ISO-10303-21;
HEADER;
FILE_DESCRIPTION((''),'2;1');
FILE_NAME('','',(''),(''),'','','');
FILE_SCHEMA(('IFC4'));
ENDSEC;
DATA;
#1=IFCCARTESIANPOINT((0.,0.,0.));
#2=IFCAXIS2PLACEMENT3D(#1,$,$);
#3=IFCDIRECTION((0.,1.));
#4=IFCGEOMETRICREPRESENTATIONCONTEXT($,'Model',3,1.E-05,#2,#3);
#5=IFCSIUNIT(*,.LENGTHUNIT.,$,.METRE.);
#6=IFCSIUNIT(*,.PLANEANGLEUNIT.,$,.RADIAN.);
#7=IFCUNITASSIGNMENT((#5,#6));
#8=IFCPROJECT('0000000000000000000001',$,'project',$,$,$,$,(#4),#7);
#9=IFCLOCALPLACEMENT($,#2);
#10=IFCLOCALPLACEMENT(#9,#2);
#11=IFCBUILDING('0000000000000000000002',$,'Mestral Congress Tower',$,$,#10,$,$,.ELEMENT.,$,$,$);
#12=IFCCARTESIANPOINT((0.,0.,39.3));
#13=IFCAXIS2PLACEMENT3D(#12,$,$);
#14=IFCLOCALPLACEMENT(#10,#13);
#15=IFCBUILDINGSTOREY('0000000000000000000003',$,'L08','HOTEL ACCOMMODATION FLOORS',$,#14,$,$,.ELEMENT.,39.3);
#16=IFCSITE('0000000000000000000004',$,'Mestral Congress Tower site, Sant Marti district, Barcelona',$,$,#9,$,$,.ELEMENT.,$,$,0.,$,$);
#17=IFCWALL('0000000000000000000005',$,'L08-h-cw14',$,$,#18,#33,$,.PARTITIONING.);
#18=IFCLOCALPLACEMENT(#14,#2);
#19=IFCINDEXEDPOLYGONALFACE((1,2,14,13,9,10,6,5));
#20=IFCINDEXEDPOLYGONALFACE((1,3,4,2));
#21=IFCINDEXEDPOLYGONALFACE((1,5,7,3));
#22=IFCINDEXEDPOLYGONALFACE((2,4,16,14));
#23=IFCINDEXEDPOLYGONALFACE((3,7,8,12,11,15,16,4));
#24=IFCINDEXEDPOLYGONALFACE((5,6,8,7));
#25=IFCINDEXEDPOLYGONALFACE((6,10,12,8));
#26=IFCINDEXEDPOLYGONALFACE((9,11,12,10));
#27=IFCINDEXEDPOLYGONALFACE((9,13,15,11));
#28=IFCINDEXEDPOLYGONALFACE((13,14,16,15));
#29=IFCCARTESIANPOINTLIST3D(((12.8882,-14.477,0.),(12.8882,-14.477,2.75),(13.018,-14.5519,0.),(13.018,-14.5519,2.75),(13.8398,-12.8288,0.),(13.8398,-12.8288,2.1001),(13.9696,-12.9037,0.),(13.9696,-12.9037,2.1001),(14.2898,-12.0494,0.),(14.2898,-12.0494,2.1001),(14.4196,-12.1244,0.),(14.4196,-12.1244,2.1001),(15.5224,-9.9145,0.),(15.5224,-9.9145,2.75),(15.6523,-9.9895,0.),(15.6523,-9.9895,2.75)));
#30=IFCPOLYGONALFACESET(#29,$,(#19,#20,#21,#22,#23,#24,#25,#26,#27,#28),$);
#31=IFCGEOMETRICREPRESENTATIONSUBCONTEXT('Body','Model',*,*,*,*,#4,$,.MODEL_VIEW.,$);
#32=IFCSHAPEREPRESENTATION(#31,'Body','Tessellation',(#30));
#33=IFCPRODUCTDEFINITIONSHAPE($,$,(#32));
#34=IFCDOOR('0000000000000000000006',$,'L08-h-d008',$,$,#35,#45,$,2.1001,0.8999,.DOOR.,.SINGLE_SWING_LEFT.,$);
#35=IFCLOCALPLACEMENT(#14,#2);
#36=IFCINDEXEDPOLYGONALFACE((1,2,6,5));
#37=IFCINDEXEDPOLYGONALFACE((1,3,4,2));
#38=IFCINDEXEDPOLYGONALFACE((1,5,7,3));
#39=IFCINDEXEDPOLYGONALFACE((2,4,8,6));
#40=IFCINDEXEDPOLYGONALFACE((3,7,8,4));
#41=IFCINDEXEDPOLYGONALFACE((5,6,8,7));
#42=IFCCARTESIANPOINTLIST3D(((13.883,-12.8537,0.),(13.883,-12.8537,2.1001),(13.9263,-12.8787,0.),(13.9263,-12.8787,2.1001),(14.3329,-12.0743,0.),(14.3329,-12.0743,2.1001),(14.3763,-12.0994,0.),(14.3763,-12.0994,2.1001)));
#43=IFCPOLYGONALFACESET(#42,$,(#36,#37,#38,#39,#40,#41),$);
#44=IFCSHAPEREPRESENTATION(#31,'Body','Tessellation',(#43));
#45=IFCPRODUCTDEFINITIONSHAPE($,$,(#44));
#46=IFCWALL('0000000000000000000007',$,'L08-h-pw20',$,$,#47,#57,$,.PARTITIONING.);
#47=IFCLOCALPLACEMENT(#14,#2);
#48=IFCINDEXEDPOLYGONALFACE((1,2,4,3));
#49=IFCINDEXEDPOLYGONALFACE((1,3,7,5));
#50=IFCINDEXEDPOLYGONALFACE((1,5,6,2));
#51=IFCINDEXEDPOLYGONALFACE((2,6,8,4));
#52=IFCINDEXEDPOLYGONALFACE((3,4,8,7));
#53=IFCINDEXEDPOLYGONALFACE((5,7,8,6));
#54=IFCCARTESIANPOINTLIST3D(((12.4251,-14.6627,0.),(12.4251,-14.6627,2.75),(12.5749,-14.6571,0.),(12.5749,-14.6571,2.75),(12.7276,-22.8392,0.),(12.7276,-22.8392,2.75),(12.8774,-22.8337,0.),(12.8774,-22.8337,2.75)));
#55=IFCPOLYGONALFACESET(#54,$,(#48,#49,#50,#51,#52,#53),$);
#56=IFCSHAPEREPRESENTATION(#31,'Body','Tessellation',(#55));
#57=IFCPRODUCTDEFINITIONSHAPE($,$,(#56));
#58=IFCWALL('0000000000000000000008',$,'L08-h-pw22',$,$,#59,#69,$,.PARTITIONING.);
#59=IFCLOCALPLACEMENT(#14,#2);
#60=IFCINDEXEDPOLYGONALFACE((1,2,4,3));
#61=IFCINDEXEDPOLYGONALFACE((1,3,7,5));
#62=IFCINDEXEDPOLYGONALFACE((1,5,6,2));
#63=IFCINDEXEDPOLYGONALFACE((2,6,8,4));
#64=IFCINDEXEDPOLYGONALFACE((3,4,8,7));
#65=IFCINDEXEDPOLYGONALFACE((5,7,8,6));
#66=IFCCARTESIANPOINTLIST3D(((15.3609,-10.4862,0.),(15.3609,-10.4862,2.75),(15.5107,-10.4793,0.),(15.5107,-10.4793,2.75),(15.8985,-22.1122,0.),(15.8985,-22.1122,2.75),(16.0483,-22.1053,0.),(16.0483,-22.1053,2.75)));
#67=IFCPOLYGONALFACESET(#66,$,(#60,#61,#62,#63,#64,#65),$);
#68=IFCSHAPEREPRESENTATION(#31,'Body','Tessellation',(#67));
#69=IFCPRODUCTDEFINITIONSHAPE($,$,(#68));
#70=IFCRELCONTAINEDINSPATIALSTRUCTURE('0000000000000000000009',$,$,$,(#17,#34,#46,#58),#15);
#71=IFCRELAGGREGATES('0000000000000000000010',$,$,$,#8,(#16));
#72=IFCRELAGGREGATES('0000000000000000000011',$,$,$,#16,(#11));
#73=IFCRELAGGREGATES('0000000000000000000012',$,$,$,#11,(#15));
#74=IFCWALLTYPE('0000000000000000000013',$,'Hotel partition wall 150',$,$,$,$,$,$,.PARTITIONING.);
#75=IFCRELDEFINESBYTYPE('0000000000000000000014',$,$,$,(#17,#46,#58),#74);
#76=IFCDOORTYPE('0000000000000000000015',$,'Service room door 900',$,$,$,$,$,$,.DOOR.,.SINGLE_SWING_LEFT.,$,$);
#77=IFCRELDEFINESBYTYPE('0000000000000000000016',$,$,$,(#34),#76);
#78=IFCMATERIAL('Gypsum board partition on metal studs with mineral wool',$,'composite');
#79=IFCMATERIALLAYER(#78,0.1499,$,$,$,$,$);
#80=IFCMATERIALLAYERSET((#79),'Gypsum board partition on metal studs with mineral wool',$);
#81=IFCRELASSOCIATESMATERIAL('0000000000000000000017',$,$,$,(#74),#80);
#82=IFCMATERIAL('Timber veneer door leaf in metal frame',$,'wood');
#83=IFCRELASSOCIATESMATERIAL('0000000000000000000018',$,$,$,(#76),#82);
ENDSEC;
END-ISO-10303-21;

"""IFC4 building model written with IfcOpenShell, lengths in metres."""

from ifc_helpers import new_model, si_unit, direction, frame, frame_2d, origin, place, context, subcontext, project, spatial, rectangle, extrude, material, layer, layer_set, type_object, element, fill, save


model = new_model("IFC4")

# Units and contexts
model_context = context("Model", 3, precision=1e-05, world=origin(), true_north=direction((0.0, 1.0)))
body_context = subcontext(model_context, "Body", "Model", "MODEL_VIEW")
ifc_project = project(units=[si_unit("LENGTHUNIT", "METRE"), si_unit("PLANEANGLEUNIT", "RADIAN")], contexts=[model_context])

# Site, building, storey
site_placement = place(None, origin())
site = spatial("IfcSite", under=ifc_project, at=site_placement, Name="Mestral Congress Tower site, Sant Marti district, Barcelona", CompositionType="ELEMENT", RefElevation=0.0)
building_placement = place(site_placement, origin())
building = spatial("IfcBuilding", under=site, at=building_placement, Name="Mestral Congress Tower", CompositionType="ELEMENT")
storey_placement = place(building_placement, frame((0.0, 0.0, 39.3)))
storey = spatial("IfcBuildingStorey", under=building, at=storey_placement, Name="L08", Description="HOTEL ACCOMMODATION FLOORS", CompositionType="ELEMENT", Elevation=39.3)

# Shared definitions
ifc_material_1 = material(Name="Gypsum board partition on metal studs with mineral wool", Category="composite")
ifc_layer_1 = layer(ifc_material_1, 0.1499)
ifc_layer_set_1 = layer_set([ifc_layer_1], Name="Gypsum board partition on metal studs with mineral wool")
wall_type_1 = type_object("IfcWallType", Name="Hotel partition wall 150", PredefinedType="PARTITIONING", material=ifc_layer_set_1)
ifc_material_2 = material(Name="Timber veneer door leaf in metal frame", Category="wood")

# Wall, opening, door
wall_1_placement = place(storey_placement, frame((15.5874, -9.9519, 0.0), z_axis=(0.0, 0.0, 1.0), x_axis=(-0.500017, -0.866016, 0.0)))
wall_1 = element("IfcWall", 1, at=wall_1_placement, inside=storey, type_object=wall_type_1, Name="L08-h-cw14", PredefinedType="PARTITIONING", context=body_context, shape_type="SweptSolid", body=[
    extrude(rectangle(XDim=5.2683, YDim=0.1499, at=frame_2d((2.6343, 0.0))), origin(), (0.0, 0.0, 1.0), 2.75),
])
opening_1_placement = place(wall_1_placement, frame((2.4653, 0.0, 0.0)))
opening_1 = element("IfcOpeningElement", 2, at=opening_1_placement, cuts=wall_1, PredefinedType="OPENING", context=body_context, shape_type="SweptSolid", body=[
    extrude(rectangle(XDim=0.8999, YDim=2.1001, at=frame_2d((0.45, 1.05))), frame((0.0, 0.085, 0.0), z_axis=(0.0, -1.0, 0.0), x_axis=(1.0, 0.0, 0.0)), (0.0, 0.0, 1.0), 0.1699),
])
door_type_1 = type_object("IfcDoorType", Name="Service room door 900", OperationType="SINGLE_SWING_LEFT", PredefinedType="DOOR", material=ifc_material_2)
door_1_placement = place(opening_1_placement, origin())
door_1 = element("IfcDoor", 3, at=door_1_placement, inside=storey, type_object=door_type_1, Name="L08-h-d008", OperationType="SINGLE_SWING_LEFT", OverallHeight=2.1001, OverallWidth=0.8999, PredefinedType="DOOR", context=body_context, shape_type="SweptSolid", body=[
    extrude(rectangle(XDim=0.8999, YDim=2.1001, at=frame_2d((0.45, 1.05))), frame((0.0, 0.0249, 0.0), z_axis=(0.0, -1.0, 0.0), x_axis=(1.0, 0.0, 0.0)), (0.0, 0.0, 1.0), 0.05),
])
fill(opening_1, door_1)

# Walls
wall_2_placement = place(storey_placement, frame((12.8025, -22.8364, 0.0), z_axis=(0.0, 0.0, 1.0), x_axis=(-0.03697, 0.999316, 0.0)))
element("IfcWall", 4, at=wall_2_placement, inside=storey, type_object=wall_type_1, Name="L08-h-pw20", PredefinedType="PARTITIONING", context=body_context, shape_type="SweptSolid", body=[
    extrude(rectangle(XDim=8.1821, YDim=0.1499, at=frame_2d((4.0911, 0.0))), origin(), (0.0, 0.0, 1.0), 2.75),
])
wall_3_placement = place(storey_placement, frame((15.9734, -22.1089, 0.0), z_axis=(0.0, 0.0, 1.0), x_axis=(-0.046192, 0.998933, 0.0)))
element("IfcWall", 5, at=wall_3_placement, inside=storey, type_object=wall_type_1, Name="L08-h-pw22", PredefinedType="PARTITIONING", context=body_context, shape_type="SweptSolid", body=[
    extrude(rectangle(XDim=11.6384, YDim=0.1499, at=frame_2d((5.8193, 0.0))), origin(), (0.0, 0.0, 1.0), 2.75),
])

save(model, "model.ifc")
